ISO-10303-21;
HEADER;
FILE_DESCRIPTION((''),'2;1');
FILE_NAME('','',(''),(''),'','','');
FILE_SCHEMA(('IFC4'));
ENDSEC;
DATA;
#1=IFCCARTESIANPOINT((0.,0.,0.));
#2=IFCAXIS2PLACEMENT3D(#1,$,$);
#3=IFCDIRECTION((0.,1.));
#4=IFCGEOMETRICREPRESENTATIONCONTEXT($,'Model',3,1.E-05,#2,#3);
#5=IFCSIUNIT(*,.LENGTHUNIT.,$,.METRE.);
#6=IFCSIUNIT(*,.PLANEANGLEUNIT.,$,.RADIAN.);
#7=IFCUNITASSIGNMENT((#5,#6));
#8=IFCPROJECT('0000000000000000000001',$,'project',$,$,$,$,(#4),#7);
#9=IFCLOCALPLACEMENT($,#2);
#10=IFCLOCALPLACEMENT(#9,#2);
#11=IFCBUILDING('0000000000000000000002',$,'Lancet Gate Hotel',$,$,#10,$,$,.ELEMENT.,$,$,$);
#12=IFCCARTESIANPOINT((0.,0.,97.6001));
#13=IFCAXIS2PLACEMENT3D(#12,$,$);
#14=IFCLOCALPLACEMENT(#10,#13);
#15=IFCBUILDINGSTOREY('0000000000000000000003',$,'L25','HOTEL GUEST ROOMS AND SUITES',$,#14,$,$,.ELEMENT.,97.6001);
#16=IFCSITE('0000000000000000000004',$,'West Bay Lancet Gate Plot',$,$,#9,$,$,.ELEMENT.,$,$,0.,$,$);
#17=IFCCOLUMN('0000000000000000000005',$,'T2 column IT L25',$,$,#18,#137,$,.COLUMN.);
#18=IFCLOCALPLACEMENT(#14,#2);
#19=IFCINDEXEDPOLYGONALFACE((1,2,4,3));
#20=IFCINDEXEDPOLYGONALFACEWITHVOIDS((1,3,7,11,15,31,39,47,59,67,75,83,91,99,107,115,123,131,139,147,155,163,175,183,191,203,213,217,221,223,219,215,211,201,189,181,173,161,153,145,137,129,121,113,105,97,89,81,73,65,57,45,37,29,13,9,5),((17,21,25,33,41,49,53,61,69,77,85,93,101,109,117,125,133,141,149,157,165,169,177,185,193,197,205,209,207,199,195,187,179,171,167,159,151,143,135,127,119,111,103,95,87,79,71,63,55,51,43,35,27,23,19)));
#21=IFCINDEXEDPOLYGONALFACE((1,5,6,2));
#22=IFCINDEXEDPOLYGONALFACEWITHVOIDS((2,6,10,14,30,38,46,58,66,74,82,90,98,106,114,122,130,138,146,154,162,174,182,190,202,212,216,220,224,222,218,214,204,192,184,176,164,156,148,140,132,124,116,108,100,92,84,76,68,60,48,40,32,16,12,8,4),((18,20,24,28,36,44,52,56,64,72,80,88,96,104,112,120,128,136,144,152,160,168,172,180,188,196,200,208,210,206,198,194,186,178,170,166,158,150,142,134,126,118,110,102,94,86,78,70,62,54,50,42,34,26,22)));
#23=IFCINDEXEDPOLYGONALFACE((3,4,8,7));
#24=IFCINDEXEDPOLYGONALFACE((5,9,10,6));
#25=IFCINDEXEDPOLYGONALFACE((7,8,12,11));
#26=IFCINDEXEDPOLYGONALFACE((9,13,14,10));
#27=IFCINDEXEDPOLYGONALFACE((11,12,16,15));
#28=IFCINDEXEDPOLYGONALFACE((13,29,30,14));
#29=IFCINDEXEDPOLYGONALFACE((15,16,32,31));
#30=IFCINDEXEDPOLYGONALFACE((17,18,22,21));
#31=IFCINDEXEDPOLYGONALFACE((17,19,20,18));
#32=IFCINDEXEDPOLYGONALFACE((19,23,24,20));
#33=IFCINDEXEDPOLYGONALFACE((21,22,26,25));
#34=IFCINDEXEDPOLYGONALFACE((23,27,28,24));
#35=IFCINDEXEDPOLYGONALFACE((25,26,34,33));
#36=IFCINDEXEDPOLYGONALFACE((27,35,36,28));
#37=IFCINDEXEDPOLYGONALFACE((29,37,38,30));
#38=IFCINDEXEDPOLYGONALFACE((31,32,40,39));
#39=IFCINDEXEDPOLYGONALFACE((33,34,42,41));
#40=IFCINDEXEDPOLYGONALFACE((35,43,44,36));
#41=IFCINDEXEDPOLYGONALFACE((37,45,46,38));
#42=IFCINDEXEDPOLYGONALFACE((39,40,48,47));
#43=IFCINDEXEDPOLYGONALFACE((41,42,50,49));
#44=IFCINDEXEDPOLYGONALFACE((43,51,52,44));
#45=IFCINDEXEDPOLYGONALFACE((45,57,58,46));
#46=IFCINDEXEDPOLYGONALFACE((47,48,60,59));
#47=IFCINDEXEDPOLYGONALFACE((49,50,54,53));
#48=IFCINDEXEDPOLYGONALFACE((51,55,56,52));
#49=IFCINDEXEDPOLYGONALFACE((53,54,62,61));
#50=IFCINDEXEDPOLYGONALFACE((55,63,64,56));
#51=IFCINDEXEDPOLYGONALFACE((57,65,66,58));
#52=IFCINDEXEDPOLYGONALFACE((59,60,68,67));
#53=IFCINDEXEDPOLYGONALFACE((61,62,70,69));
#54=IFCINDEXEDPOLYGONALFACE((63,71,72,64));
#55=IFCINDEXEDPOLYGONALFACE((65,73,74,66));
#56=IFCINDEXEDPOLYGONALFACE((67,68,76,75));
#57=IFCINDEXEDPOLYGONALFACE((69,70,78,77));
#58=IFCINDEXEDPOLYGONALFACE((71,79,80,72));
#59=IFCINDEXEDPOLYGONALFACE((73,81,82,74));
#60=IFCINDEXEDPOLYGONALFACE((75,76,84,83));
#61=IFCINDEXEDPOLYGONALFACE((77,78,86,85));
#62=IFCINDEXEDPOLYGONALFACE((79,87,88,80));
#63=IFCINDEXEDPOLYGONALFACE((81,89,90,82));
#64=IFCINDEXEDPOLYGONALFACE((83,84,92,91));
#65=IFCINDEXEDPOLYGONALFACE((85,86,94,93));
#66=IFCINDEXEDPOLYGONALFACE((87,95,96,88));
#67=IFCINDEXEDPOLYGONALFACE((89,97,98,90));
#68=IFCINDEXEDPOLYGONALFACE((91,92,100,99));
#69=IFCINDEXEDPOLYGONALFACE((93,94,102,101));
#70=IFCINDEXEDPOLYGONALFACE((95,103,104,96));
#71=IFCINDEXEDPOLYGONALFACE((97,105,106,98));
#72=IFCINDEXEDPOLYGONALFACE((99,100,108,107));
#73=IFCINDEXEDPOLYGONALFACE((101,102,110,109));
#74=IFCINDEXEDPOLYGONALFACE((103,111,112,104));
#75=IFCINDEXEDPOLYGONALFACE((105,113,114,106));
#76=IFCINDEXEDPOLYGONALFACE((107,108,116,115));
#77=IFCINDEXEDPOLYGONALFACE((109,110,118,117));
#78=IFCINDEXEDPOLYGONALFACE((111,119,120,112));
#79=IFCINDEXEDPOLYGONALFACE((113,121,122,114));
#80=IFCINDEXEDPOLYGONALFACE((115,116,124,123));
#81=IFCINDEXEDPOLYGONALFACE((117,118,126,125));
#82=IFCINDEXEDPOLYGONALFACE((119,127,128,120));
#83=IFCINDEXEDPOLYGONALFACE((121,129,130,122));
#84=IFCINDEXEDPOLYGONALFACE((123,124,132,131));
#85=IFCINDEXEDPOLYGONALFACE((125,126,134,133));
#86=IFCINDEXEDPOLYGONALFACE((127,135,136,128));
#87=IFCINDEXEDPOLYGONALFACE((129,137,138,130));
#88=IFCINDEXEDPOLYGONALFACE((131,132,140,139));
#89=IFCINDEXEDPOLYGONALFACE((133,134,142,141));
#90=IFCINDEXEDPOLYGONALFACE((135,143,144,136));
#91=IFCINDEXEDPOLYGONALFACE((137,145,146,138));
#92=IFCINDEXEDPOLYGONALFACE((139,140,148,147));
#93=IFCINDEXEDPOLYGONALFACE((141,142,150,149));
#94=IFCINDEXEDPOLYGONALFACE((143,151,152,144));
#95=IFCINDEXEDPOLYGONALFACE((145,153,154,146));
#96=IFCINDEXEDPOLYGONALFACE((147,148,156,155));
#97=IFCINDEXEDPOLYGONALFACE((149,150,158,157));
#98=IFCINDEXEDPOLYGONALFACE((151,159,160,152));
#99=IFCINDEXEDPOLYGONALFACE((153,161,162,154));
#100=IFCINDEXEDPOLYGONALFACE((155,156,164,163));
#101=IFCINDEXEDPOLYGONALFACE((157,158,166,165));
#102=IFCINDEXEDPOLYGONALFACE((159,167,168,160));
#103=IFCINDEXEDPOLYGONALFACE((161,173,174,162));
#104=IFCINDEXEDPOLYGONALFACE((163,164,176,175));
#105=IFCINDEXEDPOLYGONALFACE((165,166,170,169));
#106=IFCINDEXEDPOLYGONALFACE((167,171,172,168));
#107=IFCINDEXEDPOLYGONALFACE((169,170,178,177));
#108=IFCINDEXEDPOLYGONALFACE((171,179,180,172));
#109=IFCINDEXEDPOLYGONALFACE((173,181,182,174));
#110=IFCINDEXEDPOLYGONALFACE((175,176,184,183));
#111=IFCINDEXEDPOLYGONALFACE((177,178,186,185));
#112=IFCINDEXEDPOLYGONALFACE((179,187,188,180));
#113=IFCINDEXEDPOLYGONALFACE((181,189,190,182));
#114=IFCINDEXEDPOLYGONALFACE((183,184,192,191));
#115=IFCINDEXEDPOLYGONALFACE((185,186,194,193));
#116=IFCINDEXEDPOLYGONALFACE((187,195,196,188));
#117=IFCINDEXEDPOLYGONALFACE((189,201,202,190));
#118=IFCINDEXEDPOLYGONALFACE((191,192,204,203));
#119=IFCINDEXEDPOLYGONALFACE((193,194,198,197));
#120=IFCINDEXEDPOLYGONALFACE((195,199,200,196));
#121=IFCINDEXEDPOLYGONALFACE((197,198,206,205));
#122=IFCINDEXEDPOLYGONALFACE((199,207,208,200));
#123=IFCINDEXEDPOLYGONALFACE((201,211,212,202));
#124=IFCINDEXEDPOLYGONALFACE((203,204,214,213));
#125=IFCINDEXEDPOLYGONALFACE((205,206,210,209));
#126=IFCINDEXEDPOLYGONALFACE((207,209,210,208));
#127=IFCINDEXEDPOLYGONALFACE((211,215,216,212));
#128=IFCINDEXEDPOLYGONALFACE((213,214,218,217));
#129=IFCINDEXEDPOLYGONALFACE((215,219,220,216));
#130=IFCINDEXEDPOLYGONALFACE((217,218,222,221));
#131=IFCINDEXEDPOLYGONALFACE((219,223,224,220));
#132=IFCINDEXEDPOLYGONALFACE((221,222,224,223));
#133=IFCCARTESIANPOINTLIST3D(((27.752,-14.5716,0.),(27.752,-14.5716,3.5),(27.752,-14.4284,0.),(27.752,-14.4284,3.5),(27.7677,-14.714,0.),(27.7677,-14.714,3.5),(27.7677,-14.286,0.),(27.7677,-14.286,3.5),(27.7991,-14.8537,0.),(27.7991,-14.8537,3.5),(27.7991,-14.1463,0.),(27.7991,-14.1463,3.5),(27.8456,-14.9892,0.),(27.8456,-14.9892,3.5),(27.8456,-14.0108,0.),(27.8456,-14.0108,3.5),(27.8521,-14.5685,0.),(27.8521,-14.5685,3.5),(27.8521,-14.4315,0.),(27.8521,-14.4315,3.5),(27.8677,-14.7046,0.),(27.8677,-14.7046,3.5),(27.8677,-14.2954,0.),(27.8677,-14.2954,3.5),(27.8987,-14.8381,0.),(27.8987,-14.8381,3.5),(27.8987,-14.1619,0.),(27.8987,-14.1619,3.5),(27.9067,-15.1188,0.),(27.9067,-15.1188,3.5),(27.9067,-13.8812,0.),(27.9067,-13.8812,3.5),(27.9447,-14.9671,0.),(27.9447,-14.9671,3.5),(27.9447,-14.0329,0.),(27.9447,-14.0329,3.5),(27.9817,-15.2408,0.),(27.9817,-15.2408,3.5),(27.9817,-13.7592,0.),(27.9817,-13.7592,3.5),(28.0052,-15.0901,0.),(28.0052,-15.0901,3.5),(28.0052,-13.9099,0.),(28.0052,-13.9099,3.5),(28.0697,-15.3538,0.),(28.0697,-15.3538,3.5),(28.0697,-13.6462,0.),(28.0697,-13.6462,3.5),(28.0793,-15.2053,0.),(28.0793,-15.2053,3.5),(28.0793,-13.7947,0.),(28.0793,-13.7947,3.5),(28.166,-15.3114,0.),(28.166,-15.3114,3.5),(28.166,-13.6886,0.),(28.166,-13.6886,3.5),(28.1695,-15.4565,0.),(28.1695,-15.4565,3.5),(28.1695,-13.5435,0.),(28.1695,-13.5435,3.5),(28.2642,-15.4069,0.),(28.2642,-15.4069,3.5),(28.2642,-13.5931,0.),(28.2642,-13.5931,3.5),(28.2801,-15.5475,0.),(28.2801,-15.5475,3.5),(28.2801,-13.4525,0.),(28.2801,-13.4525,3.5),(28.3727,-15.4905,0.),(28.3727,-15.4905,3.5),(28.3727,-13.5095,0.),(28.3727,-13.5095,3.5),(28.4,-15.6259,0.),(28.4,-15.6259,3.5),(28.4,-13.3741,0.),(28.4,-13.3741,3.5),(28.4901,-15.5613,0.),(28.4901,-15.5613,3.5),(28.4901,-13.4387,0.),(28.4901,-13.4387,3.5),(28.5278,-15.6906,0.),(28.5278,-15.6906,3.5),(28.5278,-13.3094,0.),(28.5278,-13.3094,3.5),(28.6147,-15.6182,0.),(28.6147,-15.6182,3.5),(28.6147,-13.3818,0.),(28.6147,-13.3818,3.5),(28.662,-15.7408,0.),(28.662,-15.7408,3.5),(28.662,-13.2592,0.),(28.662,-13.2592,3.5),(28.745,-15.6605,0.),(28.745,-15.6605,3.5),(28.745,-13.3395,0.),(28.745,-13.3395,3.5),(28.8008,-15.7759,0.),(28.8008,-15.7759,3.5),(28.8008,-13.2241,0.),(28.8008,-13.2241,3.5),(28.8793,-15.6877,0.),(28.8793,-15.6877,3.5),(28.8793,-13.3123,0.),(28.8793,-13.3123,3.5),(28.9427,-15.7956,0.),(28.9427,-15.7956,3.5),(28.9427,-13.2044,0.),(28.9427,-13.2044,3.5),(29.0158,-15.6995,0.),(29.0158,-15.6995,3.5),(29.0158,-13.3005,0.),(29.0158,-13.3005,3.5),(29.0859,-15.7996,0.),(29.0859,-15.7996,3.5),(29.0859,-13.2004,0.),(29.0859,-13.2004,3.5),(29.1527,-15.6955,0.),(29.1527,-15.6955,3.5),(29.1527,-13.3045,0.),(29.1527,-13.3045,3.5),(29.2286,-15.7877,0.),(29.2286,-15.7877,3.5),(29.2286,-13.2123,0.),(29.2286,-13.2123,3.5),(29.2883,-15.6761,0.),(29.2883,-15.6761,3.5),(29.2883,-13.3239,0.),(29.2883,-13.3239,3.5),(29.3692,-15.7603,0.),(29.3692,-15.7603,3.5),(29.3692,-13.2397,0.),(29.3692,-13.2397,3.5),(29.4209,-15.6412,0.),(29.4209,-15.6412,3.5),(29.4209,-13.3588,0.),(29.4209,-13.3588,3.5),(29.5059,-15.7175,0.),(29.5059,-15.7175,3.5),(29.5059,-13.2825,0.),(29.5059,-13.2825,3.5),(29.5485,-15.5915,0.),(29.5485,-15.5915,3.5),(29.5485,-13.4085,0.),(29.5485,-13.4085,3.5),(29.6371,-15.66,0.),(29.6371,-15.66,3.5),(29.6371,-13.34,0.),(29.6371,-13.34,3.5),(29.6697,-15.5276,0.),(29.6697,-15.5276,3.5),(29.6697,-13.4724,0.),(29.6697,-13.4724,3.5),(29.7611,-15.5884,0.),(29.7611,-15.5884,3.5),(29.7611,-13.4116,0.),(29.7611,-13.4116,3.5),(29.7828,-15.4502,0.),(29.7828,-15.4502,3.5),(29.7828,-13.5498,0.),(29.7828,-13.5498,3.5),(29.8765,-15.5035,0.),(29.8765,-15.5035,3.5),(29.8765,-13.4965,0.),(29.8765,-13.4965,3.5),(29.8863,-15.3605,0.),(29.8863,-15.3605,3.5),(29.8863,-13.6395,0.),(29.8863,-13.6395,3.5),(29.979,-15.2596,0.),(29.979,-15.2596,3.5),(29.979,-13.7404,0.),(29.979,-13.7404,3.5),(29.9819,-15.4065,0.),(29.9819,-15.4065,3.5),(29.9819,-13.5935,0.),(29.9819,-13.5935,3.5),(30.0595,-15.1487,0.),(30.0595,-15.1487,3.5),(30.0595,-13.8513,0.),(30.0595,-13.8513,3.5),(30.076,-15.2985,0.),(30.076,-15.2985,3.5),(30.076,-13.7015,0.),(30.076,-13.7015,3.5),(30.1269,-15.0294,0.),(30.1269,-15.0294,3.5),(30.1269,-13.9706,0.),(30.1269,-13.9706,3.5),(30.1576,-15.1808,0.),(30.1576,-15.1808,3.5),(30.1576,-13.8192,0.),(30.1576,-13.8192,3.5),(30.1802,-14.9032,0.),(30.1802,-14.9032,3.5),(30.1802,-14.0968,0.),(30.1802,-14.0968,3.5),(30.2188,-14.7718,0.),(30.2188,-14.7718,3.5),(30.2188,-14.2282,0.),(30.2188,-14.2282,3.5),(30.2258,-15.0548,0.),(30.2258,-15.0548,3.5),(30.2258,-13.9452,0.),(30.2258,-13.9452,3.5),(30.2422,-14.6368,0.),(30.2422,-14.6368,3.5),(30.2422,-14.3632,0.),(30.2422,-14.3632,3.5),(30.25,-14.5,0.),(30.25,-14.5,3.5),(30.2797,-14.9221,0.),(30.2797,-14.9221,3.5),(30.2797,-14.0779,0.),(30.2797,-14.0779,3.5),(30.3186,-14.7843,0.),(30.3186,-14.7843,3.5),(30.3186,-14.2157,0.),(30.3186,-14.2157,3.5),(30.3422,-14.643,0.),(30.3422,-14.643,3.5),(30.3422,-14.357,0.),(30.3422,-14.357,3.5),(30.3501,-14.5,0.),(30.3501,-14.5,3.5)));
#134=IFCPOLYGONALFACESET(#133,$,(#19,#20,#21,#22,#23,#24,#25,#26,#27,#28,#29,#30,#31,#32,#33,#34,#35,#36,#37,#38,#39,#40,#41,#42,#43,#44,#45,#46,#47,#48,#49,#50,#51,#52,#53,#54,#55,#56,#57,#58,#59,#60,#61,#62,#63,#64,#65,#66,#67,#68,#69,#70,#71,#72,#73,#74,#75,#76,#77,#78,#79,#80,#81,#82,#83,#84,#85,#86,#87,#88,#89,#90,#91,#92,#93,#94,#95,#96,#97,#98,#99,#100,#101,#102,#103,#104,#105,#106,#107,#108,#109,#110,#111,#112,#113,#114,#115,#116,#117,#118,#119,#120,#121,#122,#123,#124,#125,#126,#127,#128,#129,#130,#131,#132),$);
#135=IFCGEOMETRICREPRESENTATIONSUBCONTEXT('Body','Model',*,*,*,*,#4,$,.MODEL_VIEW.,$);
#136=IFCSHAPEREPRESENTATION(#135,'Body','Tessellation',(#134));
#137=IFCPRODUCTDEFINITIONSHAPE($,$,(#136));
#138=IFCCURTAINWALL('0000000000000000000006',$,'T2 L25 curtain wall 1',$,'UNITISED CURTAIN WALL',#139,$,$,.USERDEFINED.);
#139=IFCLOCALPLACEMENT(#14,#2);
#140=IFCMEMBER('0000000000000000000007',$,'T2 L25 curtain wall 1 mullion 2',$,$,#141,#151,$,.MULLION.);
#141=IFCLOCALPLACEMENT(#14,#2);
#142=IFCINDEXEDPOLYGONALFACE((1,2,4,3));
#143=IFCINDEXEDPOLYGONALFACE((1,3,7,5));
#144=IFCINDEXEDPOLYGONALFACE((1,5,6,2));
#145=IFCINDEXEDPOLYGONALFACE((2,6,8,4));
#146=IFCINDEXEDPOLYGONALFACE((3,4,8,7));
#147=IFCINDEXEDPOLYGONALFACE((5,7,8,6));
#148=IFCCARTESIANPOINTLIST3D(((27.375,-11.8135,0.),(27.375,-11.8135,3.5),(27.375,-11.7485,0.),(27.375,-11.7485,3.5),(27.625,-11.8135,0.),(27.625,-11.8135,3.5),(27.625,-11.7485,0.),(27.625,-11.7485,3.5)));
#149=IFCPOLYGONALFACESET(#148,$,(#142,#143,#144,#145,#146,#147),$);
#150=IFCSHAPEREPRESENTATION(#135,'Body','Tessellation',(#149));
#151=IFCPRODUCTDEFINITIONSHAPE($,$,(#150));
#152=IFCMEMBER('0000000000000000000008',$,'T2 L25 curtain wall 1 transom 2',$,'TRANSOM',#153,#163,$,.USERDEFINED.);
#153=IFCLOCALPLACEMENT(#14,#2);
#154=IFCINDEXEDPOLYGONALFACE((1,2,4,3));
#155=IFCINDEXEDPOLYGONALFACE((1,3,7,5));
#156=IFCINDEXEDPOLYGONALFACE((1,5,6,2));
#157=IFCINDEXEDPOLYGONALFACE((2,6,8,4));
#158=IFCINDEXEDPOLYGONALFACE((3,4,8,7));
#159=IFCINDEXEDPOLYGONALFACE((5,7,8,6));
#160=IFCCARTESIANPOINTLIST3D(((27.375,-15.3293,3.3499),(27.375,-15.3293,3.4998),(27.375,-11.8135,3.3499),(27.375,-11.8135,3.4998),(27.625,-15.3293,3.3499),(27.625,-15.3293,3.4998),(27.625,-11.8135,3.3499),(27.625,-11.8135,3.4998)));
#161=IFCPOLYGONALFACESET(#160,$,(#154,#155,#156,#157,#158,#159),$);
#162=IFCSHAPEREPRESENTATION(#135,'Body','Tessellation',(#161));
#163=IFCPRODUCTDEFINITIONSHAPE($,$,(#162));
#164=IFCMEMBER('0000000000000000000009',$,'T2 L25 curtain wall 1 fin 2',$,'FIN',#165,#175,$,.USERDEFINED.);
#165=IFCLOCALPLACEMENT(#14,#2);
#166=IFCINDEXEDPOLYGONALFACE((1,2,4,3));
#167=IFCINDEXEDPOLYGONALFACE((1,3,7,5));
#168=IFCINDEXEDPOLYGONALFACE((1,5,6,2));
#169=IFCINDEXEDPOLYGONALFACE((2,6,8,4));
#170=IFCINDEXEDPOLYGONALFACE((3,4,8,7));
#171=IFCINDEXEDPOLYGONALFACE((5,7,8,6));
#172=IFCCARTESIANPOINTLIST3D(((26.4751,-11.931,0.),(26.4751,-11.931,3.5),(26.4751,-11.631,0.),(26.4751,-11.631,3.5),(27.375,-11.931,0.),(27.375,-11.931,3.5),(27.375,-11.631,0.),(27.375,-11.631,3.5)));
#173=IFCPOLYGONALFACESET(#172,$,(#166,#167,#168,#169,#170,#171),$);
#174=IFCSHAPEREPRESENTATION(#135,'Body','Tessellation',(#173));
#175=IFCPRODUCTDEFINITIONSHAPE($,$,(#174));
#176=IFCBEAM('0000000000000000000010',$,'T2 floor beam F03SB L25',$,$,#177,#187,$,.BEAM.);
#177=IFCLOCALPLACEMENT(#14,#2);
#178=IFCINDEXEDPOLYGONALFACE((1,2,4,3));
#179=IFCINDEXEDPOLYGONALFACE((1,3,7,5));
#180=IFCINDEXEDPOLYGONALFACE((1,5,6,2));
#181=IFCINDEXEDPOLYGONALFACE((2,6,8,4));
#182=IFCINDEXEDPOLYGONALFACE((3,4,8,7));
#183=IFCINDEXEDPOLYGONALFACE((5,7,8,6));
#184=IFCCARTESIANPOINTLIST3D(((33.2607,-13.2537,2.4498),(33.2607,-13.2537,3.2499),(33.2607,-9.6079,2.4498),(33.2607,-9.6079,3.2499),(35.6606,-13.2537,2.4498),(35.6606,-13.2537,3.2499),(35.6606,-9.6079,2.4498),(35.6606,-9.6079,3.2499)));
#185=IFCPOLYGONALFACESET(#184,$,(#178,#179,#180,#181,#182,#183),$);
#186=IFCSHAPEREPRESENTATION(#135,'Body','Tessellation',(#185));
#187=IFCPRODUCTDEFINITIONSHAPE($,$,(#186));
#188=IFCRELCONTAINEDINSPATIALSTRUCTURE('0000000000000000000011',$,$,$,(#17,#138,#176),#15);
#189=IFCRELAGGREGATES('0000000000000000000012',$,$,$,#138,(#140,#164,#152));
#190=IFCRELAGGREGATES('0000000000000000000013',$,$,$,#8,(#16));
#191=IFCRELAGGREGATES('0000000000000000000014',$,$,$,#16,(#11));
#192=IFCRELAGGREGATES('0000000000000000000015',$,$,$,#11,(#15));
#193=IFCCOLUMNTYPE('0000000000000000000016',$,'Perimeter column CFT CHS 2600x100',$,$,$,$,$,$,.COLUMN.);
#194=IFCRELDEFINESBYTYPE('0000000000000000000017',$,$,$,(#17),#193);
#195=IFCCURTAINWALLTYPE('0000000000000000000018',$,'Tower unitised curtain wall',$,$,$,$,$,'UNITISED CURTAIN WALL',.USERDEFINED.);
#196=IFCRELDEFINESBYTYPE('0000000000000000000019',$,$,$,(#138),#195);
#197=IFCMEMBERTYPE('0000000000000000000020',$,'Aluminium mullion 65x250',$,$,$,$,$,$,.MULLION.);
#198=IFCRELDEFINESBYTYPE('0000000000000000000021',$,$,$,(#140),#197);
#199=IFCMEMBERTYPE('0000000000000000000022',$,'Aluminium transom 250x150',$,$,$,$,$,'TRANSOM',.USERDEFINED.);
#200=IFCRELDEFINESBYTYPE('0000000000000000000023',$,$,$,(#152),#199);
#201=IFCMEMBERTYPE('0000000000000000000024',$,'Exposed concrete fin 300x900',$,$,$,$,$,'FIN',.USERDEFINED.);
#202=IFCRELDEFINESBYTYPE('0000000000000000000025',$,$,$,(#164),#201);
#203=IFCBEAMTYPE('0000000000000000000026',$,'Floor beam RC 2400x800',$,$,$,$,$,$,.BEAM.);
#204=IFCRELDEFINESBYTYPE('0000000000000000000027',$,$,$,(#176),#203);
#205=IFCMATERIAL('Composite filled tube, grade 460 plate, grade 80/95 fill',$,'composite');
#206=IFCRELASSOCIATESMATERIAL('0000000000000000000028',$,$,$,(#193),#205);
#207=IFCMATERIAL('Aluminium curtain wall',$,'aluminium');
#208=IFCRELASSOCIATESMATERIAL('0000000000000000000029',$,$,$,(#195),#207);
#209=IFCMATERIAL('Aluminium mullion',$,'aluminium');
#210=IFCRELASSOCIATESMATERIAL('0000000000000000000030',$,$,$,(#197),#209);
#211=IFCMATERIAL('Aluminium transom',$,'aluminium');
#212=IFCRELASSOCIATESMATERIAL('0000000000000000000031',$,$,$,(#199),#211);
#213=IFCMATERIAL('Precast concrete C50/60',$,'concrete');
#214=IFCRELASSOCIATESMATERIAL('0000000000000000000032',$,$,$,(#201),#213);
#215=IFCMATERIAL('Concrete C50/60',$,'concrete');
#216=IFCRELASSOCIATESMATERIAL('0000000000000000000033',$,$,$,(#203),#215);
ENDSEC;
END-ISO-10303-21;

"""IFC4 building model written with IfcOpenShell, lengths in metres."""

from ifc_helpers import new_model, si_unit, direction, frame, origin, origin_2d, place, context, subcontext, project, spatial, rectangle, hollow_circle, extrude, material, material_profile, profile_set, type_object, element, aggregate, save


model = new_model("IFC4")

# Units and contexts
model_context = context("Model", 3, precision=1e-05, world=origin(), true_north=direction((0.0, 1.0)))
body_context = subcontext(model_context, "Body", "Model", "MODEL_VIEW")
ifc_project = project(units=[si_unit("LENGTHUNIT", "METRE"), si_unit("PLANEANGLEUNIT", "RADIAN")], contexts=[model_context])

# Site, building, storey
site_placement = place(None, origin())
site = spatial("IfcSite", under=ifc_project, at=site_placement, Name="West Bay Lancet Gate Plot", CompositionType="ELEMENT", RefElevation=0.0)
building_placement = place(site_placement, origin())
building = spatial("IfcBuilding", under=site, at=building_placement, Name="Lancet Gate Hotel", CompositionType="ELEMENT")
storey_placement = place(building_placement, frame((0.0, 0.0, 97.6001)))
storey = spatial("IfcBuildingStorey", under=building, at=storey_placement, Name="L25", Description="HOTEL GUEST ROOMS AND SUITES", CompositionType="ELEMENT", Elevation=97.6001)

# Column
ifc_material_1 = material(Name="Composite filled tube, grade 460 plate, grade 80/95 fill", Category="composite")
ifc_material_profile_1 = material_profile(ifc_material_1, hollow_circle(Radius=1.3, WallThickness=0.1001, at=origin_2d()), Name="CHS 2600x100")
ifc_profile_set_1 = profile_set([ifc_material_profile_1], Name="Composite filled tube, grade 460 plate, grade 80/95 fill")
column_type = type_object("IfcColumnType", Name="Perimeter column CFT CHS 2600x100", PredefinedType="COLUMN", material=ifc_profile_set_1)
for number, where, z_axis, x_axis, name in (
    (1, (29.05, -14.5, 0.0), (0.0, 0.0, 1.0), (1.0, 0.0, 0.0), "T2 column IT L25"),
):
    element("IfcColumn", number, at=place(storey_placement, frame(where, z_axis=z_axis, x_axis=x_axis)), inside=storey, type_object=column_type, Name=name, PredefinedType="COLUMN", context=body_context, shape_type="SweptSolid", body=[
        extrude(hollow_circle(Radius=1.3, WallThickness=0.1001, at=origin_2d()), origin(), (0.0, 0.0, 1.0), 3.5),
    ])

# Curtain wall, members
ifc_material_2 = material(Name="Aluminium curtain wall", Category="aluminium")
curtain_wall_type = type_object("IfcCurtainWallType", Name="Tower unitised curtain wall", ElementType="UNITISED CURTAIN WALL", PredefinedType="USERDEFINED", material=ifc_material_2)
curtain_wall_placement = place(storey_placement, origin())
curtain_wall = element("IfcCurtainWall", 2, at=curtain_wall_placement, inside=storey, type_object=curtain_wall_type, Name="T2 L25 curtain wall 1", ObjectType="UNITISED CURTAIN WALL", PredefinedType="USERDEFINED")
ifc_material_3 = material(Name="Aluminium mullion", Category="aluminium")
ifc_material_profile_2 = material_profile(ifc_material_3, rectangle(XDim=0.0649, YDim=0.25, at=origin_2d()), Name="MULLION 65x250")
ifc_profile_set_2 = profile_set([ifc_material_profile_2], Name="Aluminium mullion")
member_type_1 = type_object("IfcMemberType", Name="Aluminium mullion 65x250", PredefinedType="MULLION", material=ifc_profile_set_2)
member_1_placement = place(storey_placement, frame((27.5, -11.781, 0.0), z_axis=(0.0, 0.0, 1.0), x_axis=(0.0, -1.0, 0.0)))
member_1 = element("IfcMember", 3, at=member_1_placement, type_object=member_type_1, Name="T2 L25 curtain wall 1 mullion 2", PredefinedType="MULLION", context=body_context, shape_type="SweptSolid", body=[
    extrude(rectangle(XDim=0.0649, YDim=0.25, at=origin_2d()), origin(), (0.0, 0.0, 1.0), 3.5),
])
ifc_material_4 = material(Name="Aluminium transom", Category="aluminium")
ifc_material_profile_3 = material_profile(ifc_material_4, rectangle(XDim=0.25, YDim=0.1499, at=origin_2d()), Name="TRANSOM 250x150")
ifc_profile_set_3 = profile_set([ifc_material_profile_3], Name="Aluminium transom")
member_type_2 = type_object("IfcMemberType", Name="Aluminium transom 250x150", ElementType="TRANSOM", PredefinedType="USERDEFINED", material=ifc_profile_set_3)
member_2_placement = place(storey_placement, frame((27.5, -11.8135, 3.4248), z_axis=(0.0, -1.0, 0.0), x_axis=(1.0, 0.0, 0.0)))
member_2 = element("IfcMember", 4, at=member_2_placement, type_object=member_type_2, Name="T2 L25 curtain wall 1 transom 2", ObjectType="TRANSOM", PredefinedType="USERDEFINED", context=body_context, shape_type="SweptSolid", body=[
    extrude(rectangle(XDim=0.25, YDim=0.1499, at=origin_2d()), origin(), (0.0, 0.0, 1.0), 3.5159),
])
ifc_material_5 = material(Name="Precast concrete C50/60", Category="concrete")
ifc_material_profile_4 = material_profile(ifc_material_5, rectangle(XDim=0.3, YDim=0.8999, at=origin_2d()), Name="FIN 300x900")
ifc_profile_set_4 = profile_set([ifc_material_profile_4], Name="Precast concrete C50/60")
member_type_3 = type_object("IfcMemberType", Name="Exposed concrete fin 300x900", ElementType="FIN", PredefinedType="USERDEFINED", material=ifc_profile_set_4)
member_3_placement = place(storey_placement, frame((26.925, -11.781, 0.0), z_axis=(0.0, 0.0, 1.0), x_axis=(0.0, -1.0, 0.0)))
member_3 = element("IfcMember", 5, at=member_3_placement, type_object=member_type_3, Name="T2 L25 curtain wall 1 fin 2", ObjectType="FIN", PredefinedType="USERDEFINED", context=body_context, shape_type="SweptSolid", body=[
    extrude(rectangle(XDim=0.3, YDim=0.8999, at=origin_2d()), origin(), (0.0, 0.0, 1.0), 3.5),
])

# Beam
ifc_material_6 = material(Name="Concrete C50/60", Category="concrete")
ifc_material_profile_5 = material_profile(ifc_material_6, rectangle(XDim=2.3999, YDim=0.8, at=origin_2d()), Name="RC 2400x800")
ifc_profile_set_5 = profile_set([ifc_material_profile_5], Name="Concrete C50/60")
beam_type_1 = type_object("IfcBeamType", Name="Floor beam RC 2400x800", PredefinedType="BEAM", material=ifc_profile_set_5)
for number, where, z_axis, x_axis, name in (
    (6, (34.4607, -13.2537, 2.8499), (0.0, 1.0, 0.0), (-1.0, 0.0, 0.0), "T2 floor beam F03SB L25"),
):
    element("IfcBeam", number, at=place(storey_placement, frame(where, z_axis=z_axis, x_axis=x_axis)), inside=storey, type_object=beam_type_1, Name=name, PredefinedType="BEAM", context=body_context, shape_type="SweptSolid", body=[
        extrude(rectangle(XDim=2.3999, YDim=0.8, at=origin_2d()), origin(), (0.0, 0.0, 1.0), 3.6458),
    ])

aggregate(curtain_wall, [member_1, member_3, member_2])

save(model, "model.ifc")
